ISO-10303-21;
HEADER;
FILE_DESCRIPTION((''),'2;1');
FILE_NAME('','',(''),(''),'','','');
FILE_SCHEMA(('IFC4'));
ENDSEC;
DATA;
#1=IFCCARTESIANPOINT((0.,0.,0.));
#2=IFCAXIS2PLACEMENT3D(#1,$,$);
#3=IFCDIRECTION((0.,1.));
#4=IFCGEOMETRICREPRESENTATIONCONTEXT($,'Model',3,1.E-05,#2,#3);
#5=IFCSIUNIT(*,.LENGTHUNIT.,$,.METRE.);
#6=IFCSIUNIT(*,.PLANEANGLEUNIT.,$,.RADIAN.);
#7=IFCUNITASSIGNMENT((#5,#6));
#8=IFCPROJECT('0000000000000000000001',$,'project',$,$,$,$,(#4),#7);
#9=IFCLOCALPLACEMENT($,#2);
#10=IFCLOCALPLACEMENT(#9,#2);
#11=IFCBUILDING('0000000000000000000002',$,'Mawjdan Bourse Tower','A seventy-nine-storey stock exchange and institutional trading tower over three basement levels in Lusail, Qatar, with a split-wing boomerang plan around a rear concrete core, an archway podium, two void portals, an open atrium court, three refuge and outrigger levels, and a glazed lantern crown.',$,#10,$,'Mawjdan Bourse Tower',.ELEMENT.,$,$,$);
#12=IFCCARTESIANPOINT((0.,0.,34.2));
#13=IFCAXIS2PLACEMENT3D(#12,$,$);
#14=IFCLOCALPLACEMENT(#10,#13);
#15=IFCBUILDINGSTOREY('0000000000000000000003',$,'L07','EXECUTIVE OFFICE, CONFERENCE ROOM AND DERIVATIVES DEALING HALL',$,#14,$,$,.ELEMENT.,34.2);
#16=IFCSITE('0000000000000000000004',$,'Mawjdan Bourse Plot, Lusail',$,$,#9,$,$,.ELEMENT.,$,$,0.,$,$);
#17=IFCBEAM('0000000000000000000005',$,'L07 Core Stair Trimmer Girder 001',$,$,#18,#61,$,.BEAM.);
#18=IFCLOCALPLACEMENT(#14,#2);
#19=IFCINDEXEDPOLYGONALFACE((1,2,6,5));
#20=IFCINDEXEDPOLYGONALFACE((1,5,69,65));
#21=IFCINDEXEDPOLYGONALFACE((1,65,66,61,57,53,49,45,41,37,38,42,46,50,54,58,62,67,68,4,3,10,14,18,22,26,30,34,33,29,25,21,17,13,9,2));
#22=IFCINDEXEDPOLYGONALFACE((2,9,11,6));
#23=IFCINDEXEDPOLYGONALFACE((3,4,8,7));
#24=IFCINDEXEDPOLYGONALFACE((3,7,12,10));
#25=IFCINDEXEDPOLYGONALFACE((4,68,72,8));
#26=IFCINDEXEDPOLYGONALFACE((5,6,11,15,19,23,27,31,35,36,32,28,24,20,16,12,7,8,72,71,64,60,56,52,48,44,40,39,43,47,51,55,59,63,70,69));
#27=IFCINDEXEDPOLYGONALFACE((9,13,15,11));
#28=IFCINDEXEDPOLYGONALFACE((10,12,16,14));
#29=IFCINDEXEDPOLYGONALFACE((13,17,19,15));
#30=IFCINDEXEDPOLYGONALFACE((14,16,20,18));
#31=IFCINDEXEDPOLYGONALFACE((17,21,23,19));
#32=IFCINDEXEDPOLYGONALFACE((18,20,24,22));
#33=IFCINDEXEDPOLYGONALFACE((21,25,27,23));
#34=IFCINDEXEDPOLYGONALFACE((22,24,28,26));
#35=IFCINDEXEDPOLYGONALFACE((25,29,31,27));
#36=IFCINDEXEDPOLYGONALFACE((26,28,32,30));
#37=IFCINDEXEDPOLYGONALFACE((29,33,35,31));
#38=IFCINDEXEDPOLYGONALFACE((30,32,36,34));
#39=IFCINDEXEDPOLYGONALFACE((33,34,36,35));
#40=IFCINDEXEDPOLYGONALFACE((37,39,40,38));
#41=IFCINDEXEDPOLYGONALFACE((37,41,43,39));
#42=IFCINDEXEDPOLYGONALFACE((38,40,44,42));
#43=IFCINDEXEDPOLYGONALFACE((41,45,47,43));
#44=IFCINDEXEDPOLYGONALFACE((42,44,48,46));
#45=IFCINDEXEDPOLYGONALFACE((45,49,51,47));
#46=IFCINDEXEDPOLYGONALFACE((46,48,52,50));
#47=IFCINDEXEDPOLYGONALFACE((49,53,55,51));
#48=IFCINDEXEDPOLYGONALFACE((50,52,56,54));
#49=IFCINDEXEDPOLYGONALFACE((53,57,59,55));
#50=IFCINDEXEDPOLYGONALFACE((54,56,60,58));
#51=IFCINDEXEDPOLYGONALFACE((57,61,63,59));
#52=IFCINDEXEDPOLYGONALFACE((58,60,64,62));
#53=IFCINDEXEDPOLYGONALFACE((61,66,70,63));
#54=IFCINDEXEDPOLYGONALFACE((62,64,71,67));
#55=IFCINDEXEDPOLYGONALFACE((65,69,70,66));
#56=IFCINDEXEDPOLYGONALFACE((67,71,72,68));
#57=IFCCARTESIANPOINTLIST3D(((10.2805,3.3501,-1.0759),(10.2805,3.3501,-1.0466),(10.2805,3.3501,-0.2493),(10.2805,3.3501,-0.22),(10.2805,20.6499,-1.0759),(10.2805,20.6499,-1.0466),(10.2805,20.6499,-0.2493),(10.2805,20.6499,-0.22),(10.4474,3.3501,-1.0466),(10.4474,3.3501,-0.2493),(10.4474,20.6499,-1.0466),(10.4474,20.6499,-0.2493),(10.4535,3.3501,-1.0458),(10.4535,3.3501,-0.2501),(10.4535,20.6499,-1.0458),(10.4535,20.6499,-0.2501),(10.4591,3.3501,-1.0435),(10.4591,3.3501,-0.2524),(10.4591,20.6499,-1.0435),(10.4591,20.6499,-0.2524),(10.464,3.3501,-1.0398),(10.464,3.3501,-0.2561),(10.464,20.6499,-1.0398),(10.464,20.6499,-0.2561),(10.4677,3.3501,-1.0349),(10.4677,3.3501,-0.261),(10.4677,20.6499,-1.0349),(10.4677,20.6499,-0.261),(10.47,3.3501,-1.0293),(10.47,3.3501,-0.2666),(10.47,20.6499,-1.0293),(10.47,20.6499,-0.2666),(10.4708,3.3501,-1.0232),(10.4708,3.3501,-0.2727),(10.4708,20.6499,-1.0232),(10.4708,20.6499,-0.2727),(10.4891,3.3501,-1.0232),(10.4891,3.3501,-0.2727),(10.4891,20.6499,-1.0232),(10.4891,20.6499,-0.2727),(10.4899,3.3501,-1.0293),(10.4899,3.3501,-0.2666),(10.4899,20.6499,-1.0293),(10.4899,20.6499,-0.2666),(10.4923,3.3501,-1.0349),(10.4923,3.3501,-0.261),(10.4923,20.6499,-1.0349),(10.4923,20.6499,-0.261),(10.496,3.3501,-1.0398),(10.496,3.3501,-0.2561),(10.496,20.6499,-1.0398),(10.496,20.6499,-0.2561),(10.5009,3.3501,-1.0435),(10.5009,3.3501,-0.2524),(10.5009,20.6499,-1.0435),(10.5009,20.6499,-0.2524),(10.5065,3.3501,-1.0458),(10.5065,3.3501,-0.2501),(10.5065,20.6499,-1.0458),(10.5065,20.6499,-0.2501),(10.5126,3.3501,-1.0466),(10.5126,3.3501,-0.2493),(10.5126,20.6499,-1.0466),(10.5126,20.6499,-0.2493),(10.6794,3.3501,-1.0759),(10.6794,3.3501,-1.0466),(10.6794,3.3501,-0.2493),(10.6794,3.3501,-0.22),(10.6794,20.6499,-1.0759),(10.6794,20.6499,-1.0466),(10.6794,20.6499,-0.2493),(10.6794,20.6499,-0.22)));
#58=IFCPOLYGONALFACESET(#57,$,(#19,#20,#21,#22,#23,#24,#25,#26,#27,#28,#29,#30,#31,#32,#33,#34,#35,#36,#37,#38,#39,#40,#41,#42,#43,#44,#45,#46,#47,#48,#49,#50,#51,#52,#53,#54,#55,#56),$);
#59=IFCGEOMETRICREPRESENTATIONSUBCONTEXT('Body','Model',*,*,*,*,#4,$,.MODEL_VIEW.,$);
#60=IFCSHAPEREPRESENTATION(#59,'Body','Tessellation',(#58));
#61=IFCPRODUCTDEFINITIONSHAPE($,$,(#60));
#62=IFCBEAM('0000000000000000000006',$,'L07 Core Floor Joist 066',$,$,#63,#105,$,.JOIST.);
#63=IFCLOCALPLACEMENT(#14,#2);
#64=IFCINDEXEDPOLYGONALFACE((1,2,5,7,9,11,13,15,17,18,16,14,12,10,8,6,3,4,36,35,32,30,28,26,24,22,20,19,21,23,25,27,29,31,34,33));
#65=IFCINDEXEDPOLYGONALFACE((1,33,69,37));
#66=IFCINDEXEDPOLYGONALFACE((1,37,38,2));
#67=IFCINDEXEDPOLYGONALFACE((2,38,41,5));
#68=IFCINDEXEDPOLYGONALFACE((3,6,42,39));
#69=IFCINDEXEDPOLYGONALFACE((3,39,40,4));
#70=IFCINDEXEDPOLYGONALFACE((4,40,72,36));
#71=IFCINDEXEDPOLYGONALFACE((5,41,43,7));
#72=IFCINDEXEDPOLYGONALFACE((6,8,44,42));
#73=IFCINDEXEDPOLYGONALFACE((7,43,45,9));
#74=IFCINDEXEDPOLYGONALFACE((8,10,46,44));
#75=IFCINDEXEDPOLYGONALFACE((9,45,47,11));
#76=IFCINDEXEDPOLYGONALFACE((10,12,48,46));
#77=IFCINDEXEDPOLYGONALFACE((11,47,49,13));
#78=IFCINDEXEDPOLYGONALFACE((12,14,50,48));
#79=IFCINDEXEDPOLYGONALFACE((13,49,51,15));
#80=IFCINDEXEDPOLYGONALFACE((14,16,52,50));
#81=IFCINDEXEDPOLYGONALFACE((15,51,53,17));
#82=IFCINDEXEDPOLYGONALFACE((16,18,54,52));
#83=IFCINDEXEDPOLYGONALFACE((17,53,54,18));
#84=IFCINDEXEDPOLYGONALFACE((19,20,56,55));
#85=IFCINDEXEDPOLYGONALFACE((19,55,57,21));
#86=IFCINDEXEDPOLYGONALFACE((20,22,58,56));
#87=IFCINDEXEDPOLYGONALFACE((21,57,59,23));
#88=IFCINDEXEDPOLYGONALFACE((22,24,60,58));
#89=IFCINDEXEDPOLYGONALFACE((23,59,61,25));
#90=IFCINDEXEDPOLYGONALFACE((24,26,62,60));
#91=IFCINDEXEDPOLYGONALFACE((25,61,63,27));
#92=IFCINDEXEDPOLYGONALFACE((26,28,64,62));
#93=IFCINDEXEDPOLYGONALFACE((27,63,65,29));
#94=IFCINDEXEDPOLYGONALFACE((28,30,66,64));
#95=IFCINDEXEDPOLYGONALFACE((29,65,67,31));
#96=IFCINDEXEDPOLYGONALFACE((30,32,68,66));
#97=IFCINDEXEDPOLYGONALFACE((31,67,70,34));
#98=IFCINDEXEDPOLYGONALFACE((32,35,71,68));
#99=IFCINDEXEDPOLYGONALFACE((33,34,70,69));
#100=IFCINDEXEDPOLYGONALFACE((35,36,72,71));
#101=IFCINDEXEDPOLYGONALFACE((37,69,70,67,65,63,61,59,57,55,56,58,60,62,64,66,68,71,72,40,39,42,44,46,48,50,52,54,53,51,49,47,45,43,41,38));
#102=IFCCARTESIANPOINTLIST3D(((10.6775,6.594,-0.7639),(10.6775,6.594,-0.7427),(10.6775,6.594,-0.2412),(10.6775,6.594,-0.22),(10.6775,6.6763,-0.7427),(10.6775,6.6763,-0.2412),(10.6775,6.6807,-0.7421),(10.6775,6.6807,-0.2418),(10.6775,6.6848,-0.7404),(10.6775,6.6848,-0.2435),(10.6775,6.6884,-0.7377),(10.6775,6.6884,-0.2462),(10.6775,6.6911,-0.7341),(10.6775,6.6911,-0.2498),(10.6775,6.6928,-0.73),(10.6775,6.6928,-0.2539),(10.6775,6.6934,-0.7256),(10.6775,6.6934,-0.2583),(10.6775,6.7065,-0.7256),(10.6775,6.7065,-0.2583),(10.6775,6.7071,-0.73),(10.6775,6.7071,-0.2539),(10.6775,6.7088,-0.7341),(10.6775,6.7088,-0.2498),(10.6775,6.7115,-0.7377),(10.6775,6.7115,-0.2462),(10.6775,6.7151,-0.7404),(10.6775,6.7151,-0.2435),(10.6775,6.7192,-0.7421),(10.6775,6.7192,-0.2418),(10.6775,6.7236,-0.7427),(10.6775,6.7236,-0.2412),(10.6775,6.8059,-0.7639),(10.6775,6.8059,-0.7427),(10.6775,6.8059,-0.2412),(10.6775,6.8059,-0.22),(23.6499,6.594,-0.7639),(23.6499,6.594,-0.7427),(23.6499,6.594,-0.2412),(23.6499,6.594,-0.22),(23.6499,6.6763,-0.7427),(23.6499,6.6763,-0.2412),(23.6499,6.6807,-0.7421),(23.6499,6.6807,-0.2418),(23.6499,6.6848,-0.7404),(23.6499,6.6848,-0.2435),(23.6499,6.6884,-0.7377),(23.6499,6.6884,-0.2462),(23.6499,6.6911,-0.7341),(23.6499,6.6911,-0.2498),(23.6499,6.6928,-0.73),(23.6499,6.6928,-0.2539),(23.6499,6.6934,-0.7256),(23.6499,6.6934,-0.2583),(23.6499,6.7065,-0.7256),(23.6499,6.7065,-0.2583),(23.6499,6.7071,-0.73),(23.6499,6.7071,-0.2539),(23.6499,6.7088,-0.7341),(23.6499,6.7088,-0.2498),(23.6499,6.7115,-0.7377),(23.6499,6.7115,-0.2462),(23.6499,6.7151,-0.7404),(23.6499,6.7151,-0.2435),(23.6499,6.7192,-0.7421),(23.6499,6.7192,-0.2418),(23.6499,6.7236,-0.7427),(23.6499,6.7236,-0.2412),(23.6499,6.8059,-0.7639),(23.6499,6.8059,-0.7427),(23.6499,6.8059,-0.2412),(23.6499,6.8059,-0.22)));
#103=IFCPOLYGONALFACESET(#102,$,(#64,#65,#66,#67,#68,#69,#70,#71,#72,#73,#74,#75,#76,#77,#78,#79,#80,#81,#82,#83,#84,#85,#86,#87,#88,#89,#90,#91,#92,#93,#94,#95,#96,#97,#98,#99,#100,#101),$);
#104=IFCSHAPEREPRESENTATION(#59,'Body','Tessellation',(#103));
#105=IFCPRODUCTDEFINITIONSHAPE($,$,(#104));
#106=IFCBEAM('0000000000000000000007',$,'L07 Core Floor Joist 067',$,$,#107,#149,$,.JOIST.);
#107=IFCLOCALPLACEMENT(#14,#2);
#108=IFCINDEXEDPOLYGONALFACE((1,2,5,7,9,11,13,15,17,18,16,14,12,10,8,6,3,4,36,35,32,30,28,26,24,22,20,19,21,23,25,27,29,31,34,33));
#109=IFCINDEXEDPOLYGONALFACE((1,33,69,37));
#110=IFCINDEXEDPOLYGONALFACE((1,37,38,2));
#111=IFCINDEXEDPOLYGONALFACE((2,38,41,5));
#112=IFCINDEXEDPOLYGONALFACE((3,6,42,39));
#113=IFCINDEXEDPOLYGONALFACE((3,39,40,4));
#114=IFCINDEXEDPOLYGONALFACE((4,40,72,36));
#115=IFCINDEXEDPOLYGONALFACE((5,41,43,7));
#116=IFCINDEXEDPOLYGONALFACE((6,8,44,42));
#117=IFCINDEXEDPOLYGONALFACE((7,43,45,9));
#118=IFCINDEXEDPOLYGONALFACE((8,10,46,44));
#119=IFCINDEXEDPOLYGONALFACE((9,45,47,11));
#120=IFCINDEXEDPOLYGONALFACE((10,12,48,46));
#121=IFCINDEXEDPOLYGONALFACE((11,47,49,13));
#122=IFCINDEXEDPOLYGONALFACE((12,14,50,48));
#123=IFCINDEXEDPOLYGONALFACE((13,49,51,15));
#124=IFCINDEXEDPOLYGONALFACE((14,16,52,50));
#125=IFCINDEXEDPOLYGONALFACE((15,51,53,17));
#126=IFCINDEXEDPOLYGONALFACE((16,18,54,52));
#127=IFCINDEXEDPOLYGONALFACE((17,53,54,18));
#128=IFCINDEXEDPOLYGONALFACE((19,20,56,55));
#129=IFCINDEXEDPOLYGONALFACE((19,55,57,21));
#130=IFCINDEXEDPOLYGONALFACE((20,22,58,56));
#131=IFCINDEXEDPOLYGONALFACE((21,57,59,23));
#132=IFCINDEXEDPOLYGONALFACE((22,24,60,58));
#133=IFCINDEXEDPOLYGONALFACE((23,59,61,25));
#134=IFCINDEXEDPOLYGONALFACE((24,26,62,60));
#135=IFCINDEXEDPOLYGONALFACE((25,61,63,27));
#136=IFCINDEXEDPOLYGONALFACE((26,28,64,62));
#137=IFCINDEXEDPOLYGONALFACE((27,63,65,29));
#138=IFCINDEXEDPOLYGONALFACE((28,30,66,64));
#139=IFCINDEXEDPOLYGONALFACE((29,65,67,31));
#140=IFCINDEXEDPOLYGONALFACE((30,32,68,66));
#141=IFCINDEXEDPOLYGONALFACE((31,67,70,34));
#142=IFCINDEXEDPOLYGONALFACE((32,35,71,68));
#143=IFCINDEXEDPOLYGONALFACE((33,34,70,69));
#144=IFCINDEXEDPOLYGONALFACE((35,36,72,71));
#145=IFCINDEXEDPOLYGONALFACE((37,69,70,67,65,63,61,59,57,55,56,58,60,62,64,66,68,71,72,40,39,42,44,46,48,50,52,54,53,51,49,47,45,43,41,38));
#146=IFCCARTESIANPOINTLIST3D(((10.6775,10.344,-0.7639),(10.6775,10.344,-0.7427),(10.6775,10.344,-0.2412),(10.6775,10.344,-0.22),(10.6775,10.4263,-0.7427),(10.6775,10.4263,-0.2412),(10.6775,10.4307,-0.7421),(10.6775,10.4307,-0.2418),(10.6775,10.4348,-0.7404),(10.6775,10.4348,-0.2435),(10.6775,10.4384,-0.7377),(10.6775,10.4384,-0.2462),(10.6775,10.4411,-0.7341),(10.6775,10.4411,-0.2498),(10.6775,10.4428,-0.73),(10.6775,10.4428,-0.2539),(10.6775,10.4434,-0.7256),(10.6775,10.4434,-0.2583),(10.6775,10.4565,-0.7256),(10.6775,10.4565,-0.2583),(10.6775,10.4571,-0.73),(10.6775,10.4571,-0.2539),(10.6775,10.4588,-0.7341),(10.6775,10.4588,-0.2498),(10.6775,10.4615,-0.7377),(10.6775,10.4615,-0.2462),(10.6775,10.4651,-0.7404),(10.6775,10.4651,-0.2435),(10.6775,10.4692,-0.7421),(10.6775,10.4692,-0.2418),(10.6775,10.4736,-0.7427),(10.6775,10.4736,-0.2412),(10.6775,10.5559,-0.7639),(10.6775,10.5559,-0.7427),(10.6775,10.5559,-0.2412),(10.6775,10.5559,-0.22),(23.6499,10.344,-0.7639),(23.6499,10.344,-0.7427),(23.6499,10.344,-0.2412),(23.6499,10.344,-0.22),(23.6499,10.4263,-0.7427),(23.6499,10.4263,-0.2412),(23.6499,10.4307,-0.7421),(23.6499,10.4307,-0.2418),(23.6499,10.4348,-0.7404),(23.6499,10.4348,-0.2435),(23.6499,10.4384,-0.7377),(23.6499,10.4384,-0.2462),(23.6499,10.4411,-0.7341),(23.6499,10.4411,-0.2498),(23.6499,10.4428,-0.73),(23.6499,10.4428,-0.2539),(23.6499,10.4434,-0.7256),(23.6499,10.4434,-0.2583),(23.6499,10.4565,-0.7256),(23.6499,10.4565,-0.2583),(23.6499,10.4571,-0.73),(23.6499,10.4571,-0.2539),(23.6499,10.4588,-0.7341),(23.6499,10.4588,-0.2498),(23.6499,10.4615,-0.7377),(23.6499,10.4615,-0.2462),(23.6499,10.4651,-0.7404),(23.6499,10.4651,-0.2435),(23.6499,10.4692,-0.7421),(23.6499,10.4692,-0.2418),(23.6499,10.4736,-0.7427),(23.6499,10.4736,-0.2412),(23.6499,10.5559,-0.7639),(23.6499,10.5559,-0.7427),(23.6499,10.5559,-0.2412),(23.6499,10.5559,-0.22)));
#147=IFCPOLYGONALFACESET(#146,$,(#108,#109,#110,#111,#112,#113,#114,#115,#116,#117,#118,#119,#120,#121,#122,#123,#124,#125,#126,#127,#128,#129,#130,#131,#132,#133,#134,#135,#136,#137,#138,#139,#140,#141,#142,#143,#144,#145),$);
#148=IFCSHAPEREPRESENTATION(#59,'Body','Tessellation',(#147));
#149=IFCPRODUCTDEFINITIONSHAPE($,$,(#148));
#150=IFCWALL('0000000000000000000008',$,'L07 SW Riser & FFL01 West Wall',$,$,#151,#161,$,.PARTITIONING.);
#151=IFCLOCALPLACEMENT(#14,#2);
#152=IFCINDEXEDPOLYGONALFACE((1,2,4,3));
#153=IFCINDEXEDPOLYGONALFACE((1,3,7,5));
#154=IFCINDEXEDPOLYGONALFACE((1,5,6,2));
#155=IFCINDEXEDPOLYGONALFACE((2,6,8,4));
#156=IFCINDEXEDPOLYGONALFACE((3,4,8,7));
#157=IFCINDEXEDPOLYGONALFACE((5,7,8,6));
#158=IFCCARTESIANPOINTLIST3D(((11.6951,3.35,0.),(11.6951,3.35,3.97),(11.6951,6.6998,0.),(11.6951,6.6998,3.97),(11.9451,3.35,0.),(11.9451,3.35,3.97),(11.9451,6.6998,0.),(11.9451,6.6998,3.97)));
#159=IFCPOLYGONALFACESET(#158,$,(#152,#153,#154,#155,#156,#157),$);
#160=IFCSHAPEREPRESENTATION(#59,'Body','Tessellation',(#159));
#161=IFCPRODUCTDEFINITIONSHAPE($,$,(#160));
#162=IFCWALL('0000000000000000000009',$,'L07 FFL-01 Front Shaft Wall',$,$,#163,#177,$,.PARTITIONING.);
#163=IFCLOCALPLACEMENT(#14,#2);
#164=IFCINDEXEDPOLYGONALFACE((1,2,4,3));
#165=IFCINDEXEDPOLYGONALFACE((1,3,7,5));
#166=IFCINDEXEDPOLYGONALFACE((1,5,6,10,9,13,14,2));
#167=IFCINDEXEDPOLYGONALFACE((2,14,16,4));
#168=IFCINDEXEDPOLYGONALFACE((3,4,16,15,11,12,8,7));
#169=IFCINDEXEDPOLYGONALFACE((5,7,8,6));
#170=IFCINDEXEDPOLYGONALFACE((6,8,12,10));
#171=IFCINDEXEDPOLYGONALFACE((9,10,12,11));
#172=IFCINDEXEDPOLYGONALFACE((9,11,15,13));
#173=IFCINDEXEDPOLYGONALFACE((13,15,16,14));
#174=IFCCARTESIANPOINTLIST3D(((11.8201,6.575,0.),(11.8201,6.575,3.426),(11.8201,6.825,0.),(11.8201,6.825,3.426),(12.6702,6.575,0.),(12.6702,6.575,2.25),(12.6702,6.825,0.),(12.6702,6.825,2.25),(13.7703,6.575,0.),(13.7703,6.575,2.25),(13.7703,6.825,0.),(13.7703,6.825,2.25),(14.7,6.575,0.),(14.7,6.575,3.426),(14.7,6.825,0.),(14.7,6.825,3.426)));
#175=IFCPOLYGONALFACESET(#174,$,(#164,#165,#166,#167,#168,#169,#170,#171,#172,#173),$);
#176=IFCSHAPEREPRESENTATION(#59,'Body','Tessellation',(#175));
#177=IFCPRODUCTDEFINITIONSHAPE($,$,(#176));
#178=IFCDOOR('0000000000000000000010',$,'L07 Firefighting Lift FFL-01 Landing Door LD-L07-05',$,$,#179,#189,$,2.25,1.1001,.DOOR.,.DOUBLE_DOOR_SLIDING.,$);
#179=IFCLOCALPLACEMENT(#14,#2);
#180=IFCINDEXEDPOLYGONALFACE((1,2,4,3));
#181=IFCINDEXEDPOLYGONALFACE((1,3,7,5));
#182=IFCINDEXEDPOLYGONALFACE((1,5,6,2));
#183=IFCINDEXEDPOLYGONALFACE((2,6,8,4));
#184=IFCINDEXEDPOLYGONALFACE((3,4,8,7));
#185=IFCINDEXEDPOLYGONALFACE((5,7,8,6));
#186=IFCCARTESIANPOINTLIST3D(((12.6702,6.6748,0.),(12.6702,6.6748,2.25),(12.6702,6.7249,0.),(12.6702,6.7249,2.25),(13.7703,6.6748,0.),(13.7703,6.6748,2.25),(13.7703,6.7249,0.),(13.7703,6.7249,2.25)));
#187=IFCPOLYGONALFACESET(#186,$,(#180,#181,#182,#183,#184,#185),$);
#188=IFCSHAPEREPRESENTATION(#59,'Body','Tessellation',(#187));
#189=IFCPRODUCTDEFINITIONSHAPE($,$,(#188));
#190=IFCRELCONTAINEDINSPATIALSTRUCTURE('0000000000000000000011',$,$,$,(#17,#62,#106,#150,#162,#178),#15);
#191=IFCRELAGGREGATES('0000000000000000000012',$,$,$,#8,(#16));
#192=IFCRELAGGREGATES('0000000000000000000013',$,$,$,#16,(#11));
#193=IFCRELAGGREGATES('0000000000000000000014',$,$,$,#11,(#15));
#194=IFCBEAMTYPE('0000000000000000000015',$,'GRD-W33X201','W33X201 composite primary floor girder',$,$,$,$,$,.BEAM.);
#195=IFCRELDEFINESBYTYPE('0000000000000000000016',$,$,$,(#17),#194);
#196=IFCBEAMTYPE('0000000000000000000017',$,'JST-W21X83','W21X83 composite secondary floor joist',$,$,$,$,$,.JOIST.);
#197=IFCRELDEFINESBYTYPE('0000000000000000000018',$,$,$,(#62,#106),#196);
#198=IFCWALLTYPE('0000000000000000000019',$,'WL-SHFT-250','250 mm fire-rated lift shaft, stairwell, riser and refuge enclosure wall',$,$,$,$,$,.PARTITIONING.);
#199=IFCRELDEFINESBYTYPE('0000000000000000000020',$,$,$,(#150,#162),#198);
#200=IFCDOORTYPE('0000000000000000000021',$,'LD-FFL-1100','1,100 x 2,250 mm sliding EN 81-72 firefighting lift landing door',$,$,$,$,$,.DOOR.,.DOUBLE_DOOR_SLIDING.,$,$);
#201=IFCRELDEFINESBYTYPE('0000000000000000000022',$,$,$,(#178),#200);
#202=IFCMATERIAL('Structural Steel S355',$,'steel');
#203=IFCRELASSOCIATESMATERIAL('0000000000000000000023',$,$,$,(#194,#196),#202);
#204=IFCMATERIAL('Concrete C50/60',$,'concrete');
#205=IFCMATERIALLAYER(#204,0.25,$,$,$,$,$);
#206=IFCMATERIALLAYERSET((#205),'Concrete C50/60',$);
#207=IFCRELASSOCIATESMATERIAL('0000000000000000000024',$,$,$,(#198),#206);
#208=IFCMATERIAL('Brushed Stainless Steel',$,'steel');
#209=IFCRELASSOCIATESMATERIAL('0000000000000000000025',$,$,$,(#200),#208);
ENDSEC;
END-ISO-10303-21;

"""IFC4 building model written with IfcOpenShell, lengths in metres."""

from ifc_helpers import new_model, si_unit, direction, frame, frame_2d, origin, origin_2d, place, context, subcontext, project, spatial, rectangle, i_section, extrude, material, layer, layer_set, material_profile, profile_set, type_object, element, fill, save


model = new_model("IFC4")

# Units and contexts
model_context = context("Model", 3, precision=1e-05, world=origin(), true_north=direction((0.0, 1.0)))
body_context = subcontext(model_context, "Body", "Model", "MODEL_VIEW")
ifc_project = project(units=[si_unit("LENGTHUNIT", "METRE"), si_unit("PLANEANGLEUNIT", "RADIAN")], contexts=[model_context])

# Site, building, storey
site_placement = place(None, origin())
site = spatial("IfcSite", under=ifc_project, at=site_placement, Name="Mawjdan Bourse Plot, Lusail", CompositionType="ELEMENT", RefElevation=0.0)
building_placement = place(site_placement, origin())
building = spatial("IfcBuilding", under=site, at=building_placement, Name="Mawjdan Bourse Tower", Description="A seventy-nine-storey stock exchange and institutional trading tower over three basement levels in Lusail, Qatar, with a split-wing boomerang plan around a rear concrete core, an archway podium, two void portals, an open atrium court, three refuge and outrigger levels, and a glazed lantern crown.", LongName="Mawjdan Bourse Tower", CompositionType="ELEMENT")
storey_placement = place(building_placement, frame((0.0, 0.0, 34.2)))
storey = spatial("IfcBuildingStorey", under=building, at=storey_placement, Name="L07", Description="EXECUTIVE OFFICE, CONFERENCE ROOM AND DERIVATIVES DEALING HALL", CompositionType="ELEMENT", Elevation=34.2)

# Beams
ifc_material_1 = material(Name="Structural Steel S355", Category="steel")
ifc_material_profile_1 = material_profile(ifc_material_1, i_section(OverallWidth=0.3989, OverallDepth=0.856, WebThickness=0.0183, FlangeThickness=0.0293, FilletRadius=0.0234, at=origin_2d()), Name="W33X201")
ifc_profile_set_1 = profile_set([ifc_material_profile_1], Name="Structural Steel S355")
beam_type_1 = type_object("IfcBeamType", Name="GRD-W33X201", Description="W33X201 composite primary floor girder", PredefinedType="BEAM", material=ifc_profile_set_1)
beam_placement = place(storey_placement, frame((10.48, 3.3501, -0.6479), z_axis=(0.0, 1.0, 0.0), x_axis=(-1.0, 0.0, 0.0)))
element("IfcBeam", 1, at=beam_placement, inside=storey, type_object=beam_type_1, Name="L07 Core Stair Trimmer Girder 001", PredefinedType="BEAM", context=body_context, shape_type="SweptSolid", body=[
    extrude(i_section(OverallWidth=0.3989, OverallDepth=0.856, WebThickness=0.0183, FlangeThickness=0.0293, FilletRadius=0.0234, at=origin_2d()), origin(), (0.0, 0.0, 1.0), 17.2998),
])
ifc_material_profile_2 = material_profile(ifc_material_1, i_section(OverallWidth=0.2119, OverallDepth=0.5439, WebThickness=0.0132, FlangeThickness=0.0212, FilletRadius=0.0171, at=origin_2d()), Name="W21X83")
ifc_profile_set_2 = profile_set([ifc_material_profile_2], Name="Structural Steel S355")
beam_type_2 = type_object("IfcBeamType", Name="JST-W21X83", Description="W21X83 composite secondary floor joist", PredefinedType="JOIST", material=ifc_profile_set_2)
for number, where, z_axis, x_axis, name in (
    (2, (10.6775, 6.7, -0.4919), (1.0, 0.0, 0.0), (0.0, 1.0, 0.0), "L07 Core Floor Joist 066"),
    (3, (10.6775, 10.45, -0.4919), (1.0, 0.0, 0.0), (0.0, 1.0, 0.0), "L07 Core Floor Joist 067"),
):
    element("IfcBeam", number, at=place(storey_placement, frame(where, z_axis=z_axis, x_axis=x_axis)), inside=storey, type_object=beam_type_2, Name=name, PredefinedType="JOIST", context=body_context, shape_type="SweptSolid", body=[
        extrude(i_section(OverallWidth=0.2119, OverallDepth=0.5439, WebThickness=0.0132, FlangeThickness=0.0212, FilletRadius=0.0171, at=origin_2d()), origin(), (0.0, 0.0, 1.0), 12.9724),
    ])

# Wall
ifc_material_2 = material(Name="Concrete C50/60", Category="concrete")
ifc_layer = layer(ifc_material_2, 0.25)
ifc_layer_set = layer_set([ifc_layer], Name="Concrete C50/60")
wall_type = type_object("IfcWallType", Name="WL-SHFT-250", Description="250 mm fire-rated lift shaft, stairwell, riser and refuge enclosure wall", PredefinedType="PARTITIONING", material=ifc_layer_set)
wall_1_placement = place(storey_placement, frame((11.8201, 3.3501, 0.0), z_axis=(0.0, 0.0, 1.0), x_axis=(0.0, 1.0, 0.0)))
element("IfcWall", 4, at=wall_1_placement, inside=storey, type_object=wall_type, Name="L07 SW Riser & FFL01 West Wall", PredefinedType="PARTITIONING", context=body_context, shape_type="SweptSolid", body=[
    extrude(rectangle(XDim=3.3499, YDim=0.25, at=frame_2d((1.6748, 0.0))), origin(), (0.0, 0.0, 1.0), 3.97),
])

# Wall, opening, door
wall_2_placement = place(storey_placement, frame((11.8201, 6.7, 0.0), z_axis=(0.0, 0.0, 1.0), x_axis=(1.0, 0.0, 0.0)))
wall_2 = element("IfcWall", 5, at=wall_2_placement, inside=storey, type_object=wall_type, Name="L07 FFL-01 Front Shaft Wall", PredefinedType="PARTITIONING", context=body_context, shape_type="SweptSolid", body=[
    extrude(rectangle(XDim=2.8799, YDim=0.25, at=frame_2d((1.4399, 0.0))), origin(), (0.0, 0.0, 1.0), 3.426),
])
opening_1_placement = place(wall_2_placement, frame((0.8501, 0.0, 0.0)))
opening_1 = element("IfcOpeningElement", 6, at=opening_1_placement, cuts=wall_2, PredefinedType="OPENING", context=body_context, shape_type="SweptSolid", body=[
    extrude(rectangle(XDim=1.1001, YDim=2.25, at=frame_2d((0.55, 1.125))), frame((0.0, 0.135, 0.0), z_axis=(0.0, -1.0, 0.0), x_axis=(1.0, 0.0, 0.0)), (0.0, 0.0, 1.0), 0.27),
])
ifc_material_3 = material(Name="Brushed Stainless Steel", Category="steel")
door_type_1 = type_object("IfcDoorType", Name="LD-FFL-1100", Description="1,100 x 2,250 mm sliding EN 81-72 firefighting lift landing door", OperationType="DOUBLE_DOOR_SLIDING", PredefinedType="DOOR", material=ifc_material_3)
door_1_placement = place(opening_1_placement, origin())
door_1 = element("IfcDoor", 7, at=door_1_placement, inside=storey, type_object=door_type_1, Name="L07 Firefighting Lift FFL-01 Landing Door LD-L07-05", OperationType="DOUBLE_DOOR_SLIDING", OverallHeight=2.25, OverallWidth=1.1001, PredefinedType="DOOR", context=body_context, shape_type="SweptSolid", body=[
    extrude(rectangle(XDim=1.1001, YDim=2.25, at=frame_2d((0.55, 1.125))), frame((0.0, 0.0249, 0.0), z_axis=(0.0, -1.0, 0.0), x_axis=(1.0, 0.0, 0.0)), (0.0, 0.0, 1.0), 0.05),
])
fill(opening_1, door_1)

save(model, "model.ifc")
